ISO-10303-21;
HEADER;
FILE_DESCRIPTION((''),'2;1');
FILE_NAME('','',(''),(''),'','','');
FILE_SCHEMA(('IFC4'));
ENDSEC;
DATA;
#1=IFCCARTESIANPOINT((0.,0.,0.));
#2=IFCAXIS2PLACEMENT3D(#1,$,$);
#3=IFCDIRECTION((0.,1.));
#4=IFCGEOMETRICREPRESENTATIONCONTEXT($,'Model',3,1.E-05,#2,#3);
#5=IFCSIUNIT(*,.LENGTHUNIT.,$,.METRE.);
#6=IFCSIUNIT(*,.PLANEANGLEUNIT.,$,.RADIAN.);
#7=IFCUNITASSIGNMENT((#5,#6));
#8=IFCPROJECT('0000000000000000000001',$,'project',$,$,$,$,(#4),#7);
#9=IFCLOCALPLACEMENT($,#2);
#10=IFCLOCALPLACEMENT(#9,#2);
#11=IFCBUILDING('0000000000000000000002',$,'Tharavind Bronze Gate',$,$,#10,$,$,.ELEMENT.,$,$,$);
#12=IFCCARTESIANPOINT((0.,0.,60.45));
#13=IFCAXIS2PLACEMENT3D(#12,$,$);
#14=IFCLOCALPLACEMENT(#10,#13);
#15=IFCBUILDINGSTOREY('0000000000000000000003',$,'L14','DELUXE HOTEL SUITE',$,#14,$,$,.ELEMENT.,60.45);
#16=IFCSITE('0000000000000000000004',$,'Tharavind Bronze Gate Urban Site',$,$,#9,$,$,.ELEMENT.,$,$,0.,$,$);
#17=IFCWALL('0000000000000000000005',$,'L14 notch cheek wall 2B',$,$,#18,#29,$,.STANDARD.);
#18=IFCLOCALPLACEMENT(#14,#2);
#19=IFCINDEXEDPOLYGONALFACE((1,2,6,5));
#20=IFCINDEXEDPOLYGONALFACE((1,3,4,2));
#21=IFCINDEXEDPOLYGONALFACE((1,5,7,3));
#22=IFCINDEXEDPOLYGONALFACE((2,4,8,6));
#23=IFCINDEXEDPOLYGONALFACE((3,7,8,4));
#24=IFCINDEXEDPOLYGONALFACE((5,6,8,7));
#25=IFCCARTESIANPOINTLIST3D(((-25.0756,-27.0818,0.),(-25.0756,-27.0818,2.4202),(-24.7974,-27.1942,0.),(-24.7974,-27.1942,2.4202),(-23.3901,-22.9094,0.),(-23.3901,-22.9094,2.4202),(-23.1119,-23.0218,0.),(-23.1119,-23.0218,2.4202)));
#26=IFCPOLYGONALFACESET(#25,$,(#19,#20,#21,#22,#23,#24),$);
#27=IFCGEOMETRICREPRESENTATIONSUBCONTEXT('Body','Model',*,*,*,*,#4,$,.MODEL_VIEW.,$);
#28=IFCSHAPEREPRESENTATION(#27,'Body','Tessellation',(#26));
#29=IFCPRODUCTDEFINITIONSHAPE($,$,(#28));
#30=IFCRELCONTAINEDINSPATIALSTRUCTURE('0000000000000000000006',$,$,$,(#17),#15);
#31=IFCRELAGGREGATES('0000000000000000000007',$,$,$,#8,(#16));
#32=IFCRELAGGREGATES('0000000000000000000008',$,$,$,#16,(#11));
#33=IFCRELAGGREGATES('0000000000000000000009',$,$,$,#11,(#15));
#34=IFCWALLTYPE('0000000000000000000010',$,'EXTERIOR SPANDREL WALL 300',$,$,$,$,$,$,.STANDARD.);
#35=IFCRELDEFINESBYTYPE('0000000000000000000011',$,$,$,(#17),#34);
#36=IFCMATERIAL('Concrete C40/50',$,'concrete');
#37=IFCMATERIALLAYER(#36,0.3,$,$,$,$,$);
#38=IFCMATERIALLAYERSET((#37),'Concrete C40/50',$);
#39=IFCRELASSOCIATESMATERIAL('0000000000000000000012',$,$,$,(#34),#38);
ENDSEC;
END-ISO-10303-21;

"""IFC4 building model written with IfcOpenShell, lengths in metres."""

from ifc_helpers import new_model, si_unit, direction, frame, frame_2d, origin, place, context, subcontext, project, spatial, rectangle, extrude, material, layer, layer_set, type_object, element, save


model = new_model("IFC4")

# Units and contexts
model_context = context("Model", 3, precision=1e-05, world=origin(), true_north=direction((0.0, 1.0)))
body_context = subcontext(model_context, "Body", "Model", "MODEL_VIEW")
ifc_project = project(units=[si_unit("LENGTHUNIT", "METRE"), si_unit("PLANEANGLEUNIT", "RADIAN")], contexts=[model_context])

# Site, building, storey
site_placement = place(None, origin())
site = spatial("IfcSite", under=ifc_project, at=site_placement, Name="Tharavind Bronze Gate Urban Site", CompositionType="ELEMENT", RefElevation=0.0)
building_placement = place(site_placement, origin())
building = spatial("IfcBuilding", under=site, at=building_placement, Name="Tharavind Bronze Gate", CompositionType="ELEMENT")
storey_placement = place(building_placement, frame((0.0, 0.0, 60.45)))
storey = spatial("IfcBuildingStorey", under=building, at=storey_placement, Name="L14", Description="DELUXE HOTEL SUITE", CompositionType="ELEMENT", Elevation=60.45)

# Wall
ifc_material_1 = material(Name="Concrete C40/50", Category="concrete")
ifc_layer_1 = layer(ifc_material_1, 0.3)
ifc_layer_set_1 = layer_set([ifc_layer_1], Name="Concrete C40/50")
wall_type = type_object("IfcWallType", Name="EXTERIOR SPANDREL WALL 300", PredefinedType="STANDARD", material=ifc_layer_set_1)
wall_1_placement = place(storey_placement, frame((-23.251, -22.9656, 0.0), z_axis=(0.0, 0.0, 1.0), x_axis=(-0.374569, -0.927199, 0.0)))
element("IfcWall", 1, at=wall_1_placement, inside=storey, type_object=wall_type, Name="L14 notch cheek wall 2B", PredefinedType="STANDARD", context=body_context, shape_type="SweptSolid", body=[
    extrude(rectangle(XDim=4.5, YDim=0.3, at=frame_2d((2.25, 0.0))), origin(), (0.0, 0.0, 1.0), 2.4202),
])

save(model, "model.ifc")
